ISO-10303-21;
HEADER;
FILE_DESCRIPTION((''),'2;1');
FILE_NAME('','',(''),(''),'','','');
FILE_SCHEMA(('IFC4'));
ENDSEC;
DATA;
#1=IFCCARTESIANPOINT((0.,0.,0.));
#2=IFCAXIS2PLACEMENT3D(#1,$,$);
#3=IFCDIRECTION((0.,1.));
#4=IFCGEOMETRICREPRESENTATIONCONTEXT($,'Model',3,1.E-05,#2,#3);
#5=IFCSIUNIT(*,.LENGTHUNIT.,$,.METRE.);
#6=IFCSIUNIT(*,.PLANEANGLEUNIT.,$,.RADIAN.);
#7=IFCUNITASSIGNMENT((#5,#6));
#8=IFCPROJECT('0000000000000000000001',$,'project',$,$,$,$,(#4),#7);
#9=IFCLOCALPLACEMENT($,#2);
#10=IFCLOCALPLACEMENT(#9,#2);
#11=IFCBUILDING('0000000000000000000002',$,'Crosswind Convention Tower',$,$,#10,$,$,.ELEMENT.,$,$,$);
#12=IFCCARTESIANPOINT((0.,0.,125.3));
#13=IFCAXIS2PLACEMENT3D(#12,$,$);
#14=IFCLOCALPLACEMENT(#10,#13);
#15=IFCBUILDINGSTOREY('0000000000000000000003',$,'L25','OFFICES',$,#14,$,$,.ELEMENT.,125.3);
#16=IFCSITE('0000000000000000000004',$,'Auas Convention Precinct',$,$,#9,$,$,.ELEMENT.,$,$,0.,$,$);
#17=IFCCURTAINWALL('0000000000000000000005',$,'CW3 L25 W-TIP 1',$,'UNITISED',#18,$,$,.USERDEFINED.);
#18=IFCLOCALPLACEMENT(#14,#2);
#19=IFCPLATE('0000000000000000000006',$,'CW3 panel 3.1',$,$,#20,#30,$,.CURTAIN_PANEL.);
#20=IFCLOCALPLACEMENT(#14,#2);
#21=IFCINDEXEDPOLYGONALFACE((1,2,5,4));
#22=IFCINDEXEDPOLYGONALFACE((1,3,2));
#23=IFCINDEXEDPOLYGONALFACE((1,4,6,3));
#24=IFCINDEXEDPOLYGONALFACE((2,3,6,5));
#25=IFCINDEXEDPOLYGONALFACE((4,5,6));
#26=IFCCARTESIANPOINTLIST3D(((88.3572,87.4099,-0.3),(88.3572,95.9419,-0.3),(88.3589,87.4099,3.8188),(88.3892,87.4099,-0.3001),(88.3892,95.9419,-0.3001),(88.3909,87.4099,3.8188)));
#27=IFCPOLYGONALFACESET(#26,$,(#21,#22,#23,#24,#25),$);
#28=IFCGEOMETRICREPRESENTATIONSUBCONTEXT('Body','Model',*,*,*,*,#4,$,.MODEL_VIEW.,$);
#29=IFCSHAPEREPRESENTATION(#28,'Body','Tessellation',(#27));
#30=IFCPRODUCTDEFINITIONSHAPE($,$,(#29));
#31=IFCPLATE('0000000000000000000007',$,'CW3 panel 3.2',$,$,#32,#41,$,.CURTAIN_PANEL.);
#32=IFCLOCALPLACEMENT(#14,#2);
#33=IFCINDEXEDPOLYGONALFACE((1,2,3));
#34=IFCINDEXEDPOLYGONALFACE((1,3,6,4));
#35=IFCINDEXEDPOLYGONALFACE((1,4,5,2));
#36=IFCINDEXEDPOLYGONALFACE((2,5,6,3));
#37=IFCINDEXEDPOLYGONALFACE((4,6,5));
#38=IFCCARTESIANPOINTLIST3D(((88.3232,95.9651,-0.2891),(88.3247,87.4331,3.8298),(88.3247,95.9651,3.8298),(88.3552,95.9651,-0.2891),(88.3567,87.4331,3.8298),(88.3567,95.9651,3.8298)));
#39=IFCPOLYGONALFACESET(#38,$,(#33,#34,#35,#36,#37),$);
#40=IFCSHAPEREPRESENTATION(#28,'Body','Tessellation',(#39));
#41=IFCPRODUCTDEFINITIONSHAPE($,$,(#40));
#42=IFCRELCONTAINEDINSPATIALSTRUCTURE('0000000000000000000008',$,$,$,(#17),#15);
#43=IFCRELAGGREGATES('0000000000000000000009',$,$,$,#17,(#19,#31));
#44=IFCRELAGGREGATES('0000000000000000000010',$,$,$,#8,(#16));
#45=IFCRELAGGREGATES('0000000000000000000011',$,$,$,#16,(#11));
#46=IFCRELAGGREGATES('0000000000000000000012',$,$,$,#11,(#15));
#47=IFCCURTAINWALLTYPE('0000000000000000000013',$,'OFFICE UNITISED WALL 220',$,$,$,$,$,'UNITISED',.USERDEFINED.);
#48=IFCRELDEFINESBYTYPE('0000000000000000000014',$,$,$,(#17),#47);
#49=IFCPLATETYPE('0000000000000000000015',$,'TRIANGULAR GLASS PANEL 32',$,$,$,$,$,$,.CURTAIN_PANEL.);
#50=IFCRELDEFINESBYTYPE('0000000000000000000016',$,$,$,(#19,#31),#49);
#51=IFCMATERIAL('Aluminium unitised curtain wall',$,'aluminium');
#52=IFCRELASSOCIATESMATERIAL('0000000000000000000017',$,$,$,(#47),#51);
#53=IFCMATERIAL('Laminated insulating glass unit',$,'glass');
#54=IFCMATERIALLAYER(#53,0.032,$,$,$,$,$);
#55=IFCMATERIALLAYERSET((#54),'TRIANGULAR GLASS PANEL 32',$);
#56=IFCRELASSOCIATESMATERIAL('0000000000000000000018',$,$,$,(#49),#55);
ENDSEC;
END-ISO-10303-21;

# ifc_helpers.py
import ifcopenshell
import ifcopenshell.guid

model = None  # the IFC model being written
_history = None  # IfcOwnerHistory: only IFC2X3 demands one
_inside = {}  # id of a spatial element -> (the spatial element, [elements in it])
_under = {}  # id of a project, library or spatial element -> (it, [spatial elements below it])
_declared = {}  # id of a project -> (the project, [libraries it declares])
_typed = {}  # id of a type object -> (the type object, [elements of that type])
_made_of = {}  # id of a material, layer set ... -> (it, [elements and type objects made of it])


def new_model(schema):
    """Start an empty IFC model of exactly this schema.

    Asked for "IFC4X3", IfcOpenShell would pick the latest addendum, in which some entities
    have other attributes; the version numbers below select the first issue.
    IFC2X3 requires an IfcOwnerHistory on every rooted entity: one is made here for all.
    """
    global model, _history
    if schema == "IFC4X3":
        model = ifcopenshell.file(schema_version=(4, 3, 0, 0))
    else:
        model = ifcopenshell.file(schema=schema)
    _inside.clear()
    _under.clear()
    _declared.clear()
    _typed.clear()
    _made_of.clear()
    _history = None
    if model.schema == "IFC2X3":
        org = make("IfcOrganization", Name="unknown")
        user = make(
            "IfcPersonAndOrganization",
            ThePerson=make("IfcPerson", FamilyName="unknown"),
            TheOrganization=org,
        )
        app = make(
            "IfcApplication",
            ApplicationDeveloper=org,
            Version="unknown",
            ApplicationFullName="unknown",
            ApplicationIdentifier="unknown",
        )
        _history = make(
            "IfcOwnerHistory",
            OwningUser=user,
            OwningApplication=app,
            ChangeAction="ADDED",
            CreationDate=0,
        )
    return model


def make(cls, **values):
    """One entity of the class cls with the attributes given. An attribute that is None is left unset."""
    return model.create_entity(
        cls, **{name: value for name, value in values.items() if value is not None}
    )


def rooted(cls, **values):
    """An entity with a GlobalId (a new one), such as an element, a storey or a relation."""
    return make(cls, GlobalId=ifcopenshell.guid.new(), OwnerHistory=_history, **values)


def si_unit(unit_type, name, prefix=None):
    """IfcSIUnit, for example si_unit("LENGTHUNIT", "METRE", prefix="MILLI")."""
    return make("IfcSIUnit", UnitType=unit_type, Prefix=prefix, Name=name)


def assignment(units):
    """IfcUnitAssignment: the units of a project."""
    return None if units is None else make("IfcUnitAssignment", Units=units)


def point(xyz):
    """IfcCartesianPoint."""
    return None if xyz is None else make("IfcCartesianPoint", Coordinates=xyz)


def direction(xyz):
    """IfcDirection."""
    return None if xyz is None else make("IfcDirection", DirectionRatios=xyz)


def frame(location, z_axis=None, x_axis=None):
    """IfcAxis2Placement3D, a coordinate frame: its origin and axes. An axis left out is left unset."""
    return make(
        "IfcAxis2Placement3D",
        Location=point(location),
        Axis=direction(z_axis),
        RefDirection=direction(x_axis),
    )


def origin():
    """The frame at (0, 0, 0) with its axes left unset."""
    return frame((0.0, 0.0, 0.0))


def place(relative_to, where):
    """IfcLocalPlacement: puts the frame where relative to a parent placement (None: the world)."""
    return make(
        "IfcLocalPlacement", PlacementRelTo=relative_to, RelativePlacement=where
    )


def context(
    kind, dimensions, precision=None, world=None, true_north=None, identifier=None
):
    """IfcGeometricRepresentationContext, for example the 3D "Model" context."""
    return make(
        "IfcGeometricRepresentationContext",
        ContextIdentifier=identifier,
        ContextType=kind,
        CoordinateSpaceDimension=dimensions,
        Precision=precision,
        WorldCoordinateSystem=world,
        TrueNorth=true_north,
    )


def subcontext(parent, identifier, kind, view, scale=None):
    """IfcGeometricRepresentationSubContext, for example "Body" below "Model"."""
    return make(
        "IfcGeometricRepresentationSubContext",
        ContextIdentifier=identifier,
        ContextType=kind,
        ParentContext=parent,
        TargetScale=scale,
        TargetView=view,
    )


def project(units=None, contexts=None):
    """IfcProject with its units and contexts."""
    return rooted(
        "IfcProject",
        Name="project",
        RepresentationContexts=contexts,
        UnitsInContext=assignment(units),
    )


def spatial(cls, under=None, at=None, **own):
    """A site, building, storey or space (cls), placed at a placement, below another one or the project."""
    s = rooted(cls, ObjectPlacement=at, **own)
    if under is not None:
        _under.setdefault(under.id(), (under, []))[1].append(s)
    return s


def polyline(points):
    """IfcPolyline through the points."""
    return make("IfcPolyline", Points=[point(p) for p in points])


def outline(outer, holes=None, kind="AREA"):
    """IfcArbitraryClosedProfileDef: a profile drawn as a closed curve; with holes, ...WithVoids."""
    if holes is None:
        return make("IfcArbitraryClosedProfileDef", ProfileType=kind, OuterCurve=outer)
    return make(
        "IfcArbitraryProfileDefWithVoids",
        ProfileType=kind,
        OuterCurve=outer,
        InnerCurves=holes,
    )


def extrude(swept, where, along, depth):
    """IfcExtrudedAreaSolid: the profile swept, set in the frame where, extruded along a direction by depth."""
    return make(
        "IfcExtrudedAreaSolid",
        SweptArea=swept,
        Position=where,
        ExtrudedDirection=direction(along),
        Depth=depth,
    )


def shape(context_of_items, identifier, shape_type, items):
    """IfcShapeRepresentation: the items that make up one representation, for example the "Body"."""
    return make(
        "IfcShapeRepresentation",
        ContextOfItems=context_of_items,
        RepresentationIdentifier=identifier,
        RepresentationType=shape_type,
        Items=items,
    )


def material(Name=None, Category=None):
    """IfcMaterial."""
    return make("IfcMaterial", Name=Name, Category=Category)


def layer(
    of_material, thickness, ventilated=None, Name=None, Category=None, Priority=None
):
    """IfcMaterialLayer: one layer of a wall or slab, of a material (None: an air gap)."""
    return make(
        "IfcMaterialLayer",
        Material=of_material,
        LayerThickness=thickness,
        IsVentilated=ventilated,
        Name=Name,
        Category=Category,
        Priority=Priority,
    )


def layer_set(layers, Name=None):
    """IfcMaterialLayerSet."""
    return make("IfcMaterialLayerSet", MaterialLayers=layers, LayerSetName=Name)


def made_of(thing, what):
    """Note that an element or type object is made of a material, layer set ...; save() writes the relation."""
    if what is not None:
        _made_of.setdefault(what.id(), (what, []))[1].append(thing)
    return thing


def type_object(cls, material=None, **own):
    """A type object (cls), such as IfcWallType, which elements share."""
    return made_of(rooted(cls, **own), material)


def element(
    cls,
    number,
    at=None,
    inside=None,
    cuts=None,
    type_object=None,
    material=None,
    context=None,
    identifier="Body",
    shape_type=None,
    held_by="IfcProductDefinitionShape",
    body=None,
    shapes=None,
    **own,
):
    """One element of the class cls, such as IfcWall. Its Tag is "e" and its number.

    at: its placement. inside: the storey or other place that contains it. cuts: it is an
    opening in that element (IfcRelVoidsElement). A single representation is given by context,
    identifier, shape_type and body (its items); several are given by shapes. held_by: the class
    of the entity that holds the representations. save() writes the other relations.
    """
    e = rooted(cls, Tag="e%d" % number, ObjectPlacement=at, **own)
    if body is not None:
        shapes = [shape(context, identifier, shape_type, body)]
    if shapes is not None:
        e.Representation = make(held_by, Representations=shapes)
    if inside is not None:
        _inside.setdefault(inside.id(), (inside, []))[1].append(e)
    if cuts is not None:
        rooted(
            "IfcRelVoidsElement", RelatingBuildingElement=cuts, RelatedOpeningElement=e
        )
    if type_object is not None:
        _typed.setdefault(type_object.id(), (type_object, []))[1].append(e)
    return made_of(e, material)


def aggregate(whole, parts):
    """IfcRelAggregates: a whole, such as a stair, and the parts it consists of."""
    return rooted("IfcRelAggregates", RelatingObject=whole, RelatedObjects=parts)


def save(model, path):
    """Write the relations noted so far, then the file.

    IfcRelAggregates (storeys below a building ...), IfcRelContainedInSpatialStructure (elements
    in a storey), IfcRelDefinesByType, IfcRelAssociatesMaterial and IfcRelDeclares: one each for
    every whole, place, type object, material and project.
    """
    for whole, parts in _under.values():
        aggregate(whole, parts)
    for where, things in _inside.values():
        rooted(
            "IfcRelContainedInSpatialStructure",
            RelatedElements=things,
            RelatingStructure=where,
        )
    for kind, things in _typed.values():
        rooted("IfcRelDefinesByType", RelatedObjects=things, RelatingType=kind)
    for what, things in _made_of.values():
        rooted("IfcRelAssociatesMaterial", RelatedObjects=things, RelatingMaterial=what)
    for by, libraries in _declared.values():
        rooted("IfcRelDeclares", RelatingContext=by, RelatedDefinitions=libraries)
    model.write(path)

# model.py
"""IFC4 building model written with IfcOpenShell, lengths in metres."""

from ifc_helpers import new_model, si_unit, direction, frame, origin, place, context, subcontext, project, spatial, polyline, outline, extrude, material, layer, layer_set, type_object, element, aggregate, save


model = new_model("IFC4")

# Units and contexts
model_context = context("Model", 3, precision=1e-05, world=origin(), true_north=direction((0.0, 1.0)))
body_context = subcontext(model_context, "Body", "Model", "MODEL_VIEW")
ifc_project = project(units=[si_unit("LENGTHUNIT", "METRE"), si_unit("PLANEANGLEUNIT", "RADIAN")], contexts=[model_context])

# Site, building, storey
site_placement = place(None, origin())
site = spatial("IfcSite", under=ifc_project, at=site_placement, Name="Auas Convention Precinct", CompositionType="ELEMENT", RefElevation=0.0)
building_placement = place(site_placement, origin())
building = spatial("IfcBuilding", under=site, at=building_placement, Name="Crosswind Convention Tower", CompositionType="ELEMENT")
storey_placement = place(building_placement, frame((0.0, 0.0, 125.3)))
storey = spatial("IfcBuildingStorey", under=building, at=storey_placement, Name="L25", Description="OFFICES", CompositionType="ELEMENT", Elevation=125.3)

# Shared definitions
ifc_material_1 = material(Name="Aluminium unitised curtain wall", Category="aluminium")

# Curtain wall
curtain_wall_type_1 = type_object("IfcCurtainWallType", Name="OFFICE UNITISED WALL 220", ElementType="UNITISED", PredefinedType="USERDEFINED", material=ifc_material_1)
curtain_wall_1_placement = place(storey_placement, origin())
curtain_wall_1 = element("IfcCurtainWall", 1, at=curtain_wall_1_placement, inside=storey, type_object=curtain_wall_type_1, Name="CW3 L25 W-TIP 1", ObjectType="UNITISED", PredefinedType="USERDEFINED")

# Plates
ifc_material_2 = material(Name="Laminated insulating glass unit", Category="glass")
ifc_layer_1 = layer(ifc_material_2, 0.032)
ifc_layer_set_1 = layer_set([ifc_layer_1], Name="TRIANGULAR GLASS PANEL 32")
plate_type_1 = type_object("IfcPlateType", Name="TRIANGULAR GLASS PANEL 32", PredefinedType="CURTAIN_PANEL", material=ifc_layer_set_1)
plate_1_placement = place(storey_placement, frame((88.3572, 87.4099, -0.3), z_axis=(-1.0, 0.0, 0.000415), x_axis=(0.000415, 0.0, 1.0)))
plate_1 = element("IfcPlate", 2, at=plate_1_placement, type_object=plate_type_1, Name="CW3 panel 3.1", PredefinedType="CURTAIN_PANEL", context=body_context, shape_type="SweptSolid", body=[
    extrude(outline(polyline([(0.0, 0.0), (4.1189, 0.0), (0.0, 8.532), (0.0, 0.0)])), origin(), (0.0, 0.0, -1.0), 0.032),
])
plate_2_placement = place(storey_placement, frame((88.3247, 95.9651, 3.8298), z_axis=(-1.0, 0.0, 0.000356), x_axis=(-0.000356, 0.0, -1.0)))
plate_2 = element("IfcPlate", 3, at=plate_2_placement, type_object=plate_type_1, Name="CW3 panel 3.2", PredefinedType="CURTAIN_PANEL", context=body_context, shape_type="SweptSolid", body=[
    extrude(outline(polyline([(0.0, 0.0), (4.1189, 0.0), (0.0, 8.532), (0.0, 0.0)])), origin(), (0.0, 0.0, -1.0), 0.032),
])
aggregate(curtain_wall_1, [plate_1, plate_2])

save(model, "model.ifc")
